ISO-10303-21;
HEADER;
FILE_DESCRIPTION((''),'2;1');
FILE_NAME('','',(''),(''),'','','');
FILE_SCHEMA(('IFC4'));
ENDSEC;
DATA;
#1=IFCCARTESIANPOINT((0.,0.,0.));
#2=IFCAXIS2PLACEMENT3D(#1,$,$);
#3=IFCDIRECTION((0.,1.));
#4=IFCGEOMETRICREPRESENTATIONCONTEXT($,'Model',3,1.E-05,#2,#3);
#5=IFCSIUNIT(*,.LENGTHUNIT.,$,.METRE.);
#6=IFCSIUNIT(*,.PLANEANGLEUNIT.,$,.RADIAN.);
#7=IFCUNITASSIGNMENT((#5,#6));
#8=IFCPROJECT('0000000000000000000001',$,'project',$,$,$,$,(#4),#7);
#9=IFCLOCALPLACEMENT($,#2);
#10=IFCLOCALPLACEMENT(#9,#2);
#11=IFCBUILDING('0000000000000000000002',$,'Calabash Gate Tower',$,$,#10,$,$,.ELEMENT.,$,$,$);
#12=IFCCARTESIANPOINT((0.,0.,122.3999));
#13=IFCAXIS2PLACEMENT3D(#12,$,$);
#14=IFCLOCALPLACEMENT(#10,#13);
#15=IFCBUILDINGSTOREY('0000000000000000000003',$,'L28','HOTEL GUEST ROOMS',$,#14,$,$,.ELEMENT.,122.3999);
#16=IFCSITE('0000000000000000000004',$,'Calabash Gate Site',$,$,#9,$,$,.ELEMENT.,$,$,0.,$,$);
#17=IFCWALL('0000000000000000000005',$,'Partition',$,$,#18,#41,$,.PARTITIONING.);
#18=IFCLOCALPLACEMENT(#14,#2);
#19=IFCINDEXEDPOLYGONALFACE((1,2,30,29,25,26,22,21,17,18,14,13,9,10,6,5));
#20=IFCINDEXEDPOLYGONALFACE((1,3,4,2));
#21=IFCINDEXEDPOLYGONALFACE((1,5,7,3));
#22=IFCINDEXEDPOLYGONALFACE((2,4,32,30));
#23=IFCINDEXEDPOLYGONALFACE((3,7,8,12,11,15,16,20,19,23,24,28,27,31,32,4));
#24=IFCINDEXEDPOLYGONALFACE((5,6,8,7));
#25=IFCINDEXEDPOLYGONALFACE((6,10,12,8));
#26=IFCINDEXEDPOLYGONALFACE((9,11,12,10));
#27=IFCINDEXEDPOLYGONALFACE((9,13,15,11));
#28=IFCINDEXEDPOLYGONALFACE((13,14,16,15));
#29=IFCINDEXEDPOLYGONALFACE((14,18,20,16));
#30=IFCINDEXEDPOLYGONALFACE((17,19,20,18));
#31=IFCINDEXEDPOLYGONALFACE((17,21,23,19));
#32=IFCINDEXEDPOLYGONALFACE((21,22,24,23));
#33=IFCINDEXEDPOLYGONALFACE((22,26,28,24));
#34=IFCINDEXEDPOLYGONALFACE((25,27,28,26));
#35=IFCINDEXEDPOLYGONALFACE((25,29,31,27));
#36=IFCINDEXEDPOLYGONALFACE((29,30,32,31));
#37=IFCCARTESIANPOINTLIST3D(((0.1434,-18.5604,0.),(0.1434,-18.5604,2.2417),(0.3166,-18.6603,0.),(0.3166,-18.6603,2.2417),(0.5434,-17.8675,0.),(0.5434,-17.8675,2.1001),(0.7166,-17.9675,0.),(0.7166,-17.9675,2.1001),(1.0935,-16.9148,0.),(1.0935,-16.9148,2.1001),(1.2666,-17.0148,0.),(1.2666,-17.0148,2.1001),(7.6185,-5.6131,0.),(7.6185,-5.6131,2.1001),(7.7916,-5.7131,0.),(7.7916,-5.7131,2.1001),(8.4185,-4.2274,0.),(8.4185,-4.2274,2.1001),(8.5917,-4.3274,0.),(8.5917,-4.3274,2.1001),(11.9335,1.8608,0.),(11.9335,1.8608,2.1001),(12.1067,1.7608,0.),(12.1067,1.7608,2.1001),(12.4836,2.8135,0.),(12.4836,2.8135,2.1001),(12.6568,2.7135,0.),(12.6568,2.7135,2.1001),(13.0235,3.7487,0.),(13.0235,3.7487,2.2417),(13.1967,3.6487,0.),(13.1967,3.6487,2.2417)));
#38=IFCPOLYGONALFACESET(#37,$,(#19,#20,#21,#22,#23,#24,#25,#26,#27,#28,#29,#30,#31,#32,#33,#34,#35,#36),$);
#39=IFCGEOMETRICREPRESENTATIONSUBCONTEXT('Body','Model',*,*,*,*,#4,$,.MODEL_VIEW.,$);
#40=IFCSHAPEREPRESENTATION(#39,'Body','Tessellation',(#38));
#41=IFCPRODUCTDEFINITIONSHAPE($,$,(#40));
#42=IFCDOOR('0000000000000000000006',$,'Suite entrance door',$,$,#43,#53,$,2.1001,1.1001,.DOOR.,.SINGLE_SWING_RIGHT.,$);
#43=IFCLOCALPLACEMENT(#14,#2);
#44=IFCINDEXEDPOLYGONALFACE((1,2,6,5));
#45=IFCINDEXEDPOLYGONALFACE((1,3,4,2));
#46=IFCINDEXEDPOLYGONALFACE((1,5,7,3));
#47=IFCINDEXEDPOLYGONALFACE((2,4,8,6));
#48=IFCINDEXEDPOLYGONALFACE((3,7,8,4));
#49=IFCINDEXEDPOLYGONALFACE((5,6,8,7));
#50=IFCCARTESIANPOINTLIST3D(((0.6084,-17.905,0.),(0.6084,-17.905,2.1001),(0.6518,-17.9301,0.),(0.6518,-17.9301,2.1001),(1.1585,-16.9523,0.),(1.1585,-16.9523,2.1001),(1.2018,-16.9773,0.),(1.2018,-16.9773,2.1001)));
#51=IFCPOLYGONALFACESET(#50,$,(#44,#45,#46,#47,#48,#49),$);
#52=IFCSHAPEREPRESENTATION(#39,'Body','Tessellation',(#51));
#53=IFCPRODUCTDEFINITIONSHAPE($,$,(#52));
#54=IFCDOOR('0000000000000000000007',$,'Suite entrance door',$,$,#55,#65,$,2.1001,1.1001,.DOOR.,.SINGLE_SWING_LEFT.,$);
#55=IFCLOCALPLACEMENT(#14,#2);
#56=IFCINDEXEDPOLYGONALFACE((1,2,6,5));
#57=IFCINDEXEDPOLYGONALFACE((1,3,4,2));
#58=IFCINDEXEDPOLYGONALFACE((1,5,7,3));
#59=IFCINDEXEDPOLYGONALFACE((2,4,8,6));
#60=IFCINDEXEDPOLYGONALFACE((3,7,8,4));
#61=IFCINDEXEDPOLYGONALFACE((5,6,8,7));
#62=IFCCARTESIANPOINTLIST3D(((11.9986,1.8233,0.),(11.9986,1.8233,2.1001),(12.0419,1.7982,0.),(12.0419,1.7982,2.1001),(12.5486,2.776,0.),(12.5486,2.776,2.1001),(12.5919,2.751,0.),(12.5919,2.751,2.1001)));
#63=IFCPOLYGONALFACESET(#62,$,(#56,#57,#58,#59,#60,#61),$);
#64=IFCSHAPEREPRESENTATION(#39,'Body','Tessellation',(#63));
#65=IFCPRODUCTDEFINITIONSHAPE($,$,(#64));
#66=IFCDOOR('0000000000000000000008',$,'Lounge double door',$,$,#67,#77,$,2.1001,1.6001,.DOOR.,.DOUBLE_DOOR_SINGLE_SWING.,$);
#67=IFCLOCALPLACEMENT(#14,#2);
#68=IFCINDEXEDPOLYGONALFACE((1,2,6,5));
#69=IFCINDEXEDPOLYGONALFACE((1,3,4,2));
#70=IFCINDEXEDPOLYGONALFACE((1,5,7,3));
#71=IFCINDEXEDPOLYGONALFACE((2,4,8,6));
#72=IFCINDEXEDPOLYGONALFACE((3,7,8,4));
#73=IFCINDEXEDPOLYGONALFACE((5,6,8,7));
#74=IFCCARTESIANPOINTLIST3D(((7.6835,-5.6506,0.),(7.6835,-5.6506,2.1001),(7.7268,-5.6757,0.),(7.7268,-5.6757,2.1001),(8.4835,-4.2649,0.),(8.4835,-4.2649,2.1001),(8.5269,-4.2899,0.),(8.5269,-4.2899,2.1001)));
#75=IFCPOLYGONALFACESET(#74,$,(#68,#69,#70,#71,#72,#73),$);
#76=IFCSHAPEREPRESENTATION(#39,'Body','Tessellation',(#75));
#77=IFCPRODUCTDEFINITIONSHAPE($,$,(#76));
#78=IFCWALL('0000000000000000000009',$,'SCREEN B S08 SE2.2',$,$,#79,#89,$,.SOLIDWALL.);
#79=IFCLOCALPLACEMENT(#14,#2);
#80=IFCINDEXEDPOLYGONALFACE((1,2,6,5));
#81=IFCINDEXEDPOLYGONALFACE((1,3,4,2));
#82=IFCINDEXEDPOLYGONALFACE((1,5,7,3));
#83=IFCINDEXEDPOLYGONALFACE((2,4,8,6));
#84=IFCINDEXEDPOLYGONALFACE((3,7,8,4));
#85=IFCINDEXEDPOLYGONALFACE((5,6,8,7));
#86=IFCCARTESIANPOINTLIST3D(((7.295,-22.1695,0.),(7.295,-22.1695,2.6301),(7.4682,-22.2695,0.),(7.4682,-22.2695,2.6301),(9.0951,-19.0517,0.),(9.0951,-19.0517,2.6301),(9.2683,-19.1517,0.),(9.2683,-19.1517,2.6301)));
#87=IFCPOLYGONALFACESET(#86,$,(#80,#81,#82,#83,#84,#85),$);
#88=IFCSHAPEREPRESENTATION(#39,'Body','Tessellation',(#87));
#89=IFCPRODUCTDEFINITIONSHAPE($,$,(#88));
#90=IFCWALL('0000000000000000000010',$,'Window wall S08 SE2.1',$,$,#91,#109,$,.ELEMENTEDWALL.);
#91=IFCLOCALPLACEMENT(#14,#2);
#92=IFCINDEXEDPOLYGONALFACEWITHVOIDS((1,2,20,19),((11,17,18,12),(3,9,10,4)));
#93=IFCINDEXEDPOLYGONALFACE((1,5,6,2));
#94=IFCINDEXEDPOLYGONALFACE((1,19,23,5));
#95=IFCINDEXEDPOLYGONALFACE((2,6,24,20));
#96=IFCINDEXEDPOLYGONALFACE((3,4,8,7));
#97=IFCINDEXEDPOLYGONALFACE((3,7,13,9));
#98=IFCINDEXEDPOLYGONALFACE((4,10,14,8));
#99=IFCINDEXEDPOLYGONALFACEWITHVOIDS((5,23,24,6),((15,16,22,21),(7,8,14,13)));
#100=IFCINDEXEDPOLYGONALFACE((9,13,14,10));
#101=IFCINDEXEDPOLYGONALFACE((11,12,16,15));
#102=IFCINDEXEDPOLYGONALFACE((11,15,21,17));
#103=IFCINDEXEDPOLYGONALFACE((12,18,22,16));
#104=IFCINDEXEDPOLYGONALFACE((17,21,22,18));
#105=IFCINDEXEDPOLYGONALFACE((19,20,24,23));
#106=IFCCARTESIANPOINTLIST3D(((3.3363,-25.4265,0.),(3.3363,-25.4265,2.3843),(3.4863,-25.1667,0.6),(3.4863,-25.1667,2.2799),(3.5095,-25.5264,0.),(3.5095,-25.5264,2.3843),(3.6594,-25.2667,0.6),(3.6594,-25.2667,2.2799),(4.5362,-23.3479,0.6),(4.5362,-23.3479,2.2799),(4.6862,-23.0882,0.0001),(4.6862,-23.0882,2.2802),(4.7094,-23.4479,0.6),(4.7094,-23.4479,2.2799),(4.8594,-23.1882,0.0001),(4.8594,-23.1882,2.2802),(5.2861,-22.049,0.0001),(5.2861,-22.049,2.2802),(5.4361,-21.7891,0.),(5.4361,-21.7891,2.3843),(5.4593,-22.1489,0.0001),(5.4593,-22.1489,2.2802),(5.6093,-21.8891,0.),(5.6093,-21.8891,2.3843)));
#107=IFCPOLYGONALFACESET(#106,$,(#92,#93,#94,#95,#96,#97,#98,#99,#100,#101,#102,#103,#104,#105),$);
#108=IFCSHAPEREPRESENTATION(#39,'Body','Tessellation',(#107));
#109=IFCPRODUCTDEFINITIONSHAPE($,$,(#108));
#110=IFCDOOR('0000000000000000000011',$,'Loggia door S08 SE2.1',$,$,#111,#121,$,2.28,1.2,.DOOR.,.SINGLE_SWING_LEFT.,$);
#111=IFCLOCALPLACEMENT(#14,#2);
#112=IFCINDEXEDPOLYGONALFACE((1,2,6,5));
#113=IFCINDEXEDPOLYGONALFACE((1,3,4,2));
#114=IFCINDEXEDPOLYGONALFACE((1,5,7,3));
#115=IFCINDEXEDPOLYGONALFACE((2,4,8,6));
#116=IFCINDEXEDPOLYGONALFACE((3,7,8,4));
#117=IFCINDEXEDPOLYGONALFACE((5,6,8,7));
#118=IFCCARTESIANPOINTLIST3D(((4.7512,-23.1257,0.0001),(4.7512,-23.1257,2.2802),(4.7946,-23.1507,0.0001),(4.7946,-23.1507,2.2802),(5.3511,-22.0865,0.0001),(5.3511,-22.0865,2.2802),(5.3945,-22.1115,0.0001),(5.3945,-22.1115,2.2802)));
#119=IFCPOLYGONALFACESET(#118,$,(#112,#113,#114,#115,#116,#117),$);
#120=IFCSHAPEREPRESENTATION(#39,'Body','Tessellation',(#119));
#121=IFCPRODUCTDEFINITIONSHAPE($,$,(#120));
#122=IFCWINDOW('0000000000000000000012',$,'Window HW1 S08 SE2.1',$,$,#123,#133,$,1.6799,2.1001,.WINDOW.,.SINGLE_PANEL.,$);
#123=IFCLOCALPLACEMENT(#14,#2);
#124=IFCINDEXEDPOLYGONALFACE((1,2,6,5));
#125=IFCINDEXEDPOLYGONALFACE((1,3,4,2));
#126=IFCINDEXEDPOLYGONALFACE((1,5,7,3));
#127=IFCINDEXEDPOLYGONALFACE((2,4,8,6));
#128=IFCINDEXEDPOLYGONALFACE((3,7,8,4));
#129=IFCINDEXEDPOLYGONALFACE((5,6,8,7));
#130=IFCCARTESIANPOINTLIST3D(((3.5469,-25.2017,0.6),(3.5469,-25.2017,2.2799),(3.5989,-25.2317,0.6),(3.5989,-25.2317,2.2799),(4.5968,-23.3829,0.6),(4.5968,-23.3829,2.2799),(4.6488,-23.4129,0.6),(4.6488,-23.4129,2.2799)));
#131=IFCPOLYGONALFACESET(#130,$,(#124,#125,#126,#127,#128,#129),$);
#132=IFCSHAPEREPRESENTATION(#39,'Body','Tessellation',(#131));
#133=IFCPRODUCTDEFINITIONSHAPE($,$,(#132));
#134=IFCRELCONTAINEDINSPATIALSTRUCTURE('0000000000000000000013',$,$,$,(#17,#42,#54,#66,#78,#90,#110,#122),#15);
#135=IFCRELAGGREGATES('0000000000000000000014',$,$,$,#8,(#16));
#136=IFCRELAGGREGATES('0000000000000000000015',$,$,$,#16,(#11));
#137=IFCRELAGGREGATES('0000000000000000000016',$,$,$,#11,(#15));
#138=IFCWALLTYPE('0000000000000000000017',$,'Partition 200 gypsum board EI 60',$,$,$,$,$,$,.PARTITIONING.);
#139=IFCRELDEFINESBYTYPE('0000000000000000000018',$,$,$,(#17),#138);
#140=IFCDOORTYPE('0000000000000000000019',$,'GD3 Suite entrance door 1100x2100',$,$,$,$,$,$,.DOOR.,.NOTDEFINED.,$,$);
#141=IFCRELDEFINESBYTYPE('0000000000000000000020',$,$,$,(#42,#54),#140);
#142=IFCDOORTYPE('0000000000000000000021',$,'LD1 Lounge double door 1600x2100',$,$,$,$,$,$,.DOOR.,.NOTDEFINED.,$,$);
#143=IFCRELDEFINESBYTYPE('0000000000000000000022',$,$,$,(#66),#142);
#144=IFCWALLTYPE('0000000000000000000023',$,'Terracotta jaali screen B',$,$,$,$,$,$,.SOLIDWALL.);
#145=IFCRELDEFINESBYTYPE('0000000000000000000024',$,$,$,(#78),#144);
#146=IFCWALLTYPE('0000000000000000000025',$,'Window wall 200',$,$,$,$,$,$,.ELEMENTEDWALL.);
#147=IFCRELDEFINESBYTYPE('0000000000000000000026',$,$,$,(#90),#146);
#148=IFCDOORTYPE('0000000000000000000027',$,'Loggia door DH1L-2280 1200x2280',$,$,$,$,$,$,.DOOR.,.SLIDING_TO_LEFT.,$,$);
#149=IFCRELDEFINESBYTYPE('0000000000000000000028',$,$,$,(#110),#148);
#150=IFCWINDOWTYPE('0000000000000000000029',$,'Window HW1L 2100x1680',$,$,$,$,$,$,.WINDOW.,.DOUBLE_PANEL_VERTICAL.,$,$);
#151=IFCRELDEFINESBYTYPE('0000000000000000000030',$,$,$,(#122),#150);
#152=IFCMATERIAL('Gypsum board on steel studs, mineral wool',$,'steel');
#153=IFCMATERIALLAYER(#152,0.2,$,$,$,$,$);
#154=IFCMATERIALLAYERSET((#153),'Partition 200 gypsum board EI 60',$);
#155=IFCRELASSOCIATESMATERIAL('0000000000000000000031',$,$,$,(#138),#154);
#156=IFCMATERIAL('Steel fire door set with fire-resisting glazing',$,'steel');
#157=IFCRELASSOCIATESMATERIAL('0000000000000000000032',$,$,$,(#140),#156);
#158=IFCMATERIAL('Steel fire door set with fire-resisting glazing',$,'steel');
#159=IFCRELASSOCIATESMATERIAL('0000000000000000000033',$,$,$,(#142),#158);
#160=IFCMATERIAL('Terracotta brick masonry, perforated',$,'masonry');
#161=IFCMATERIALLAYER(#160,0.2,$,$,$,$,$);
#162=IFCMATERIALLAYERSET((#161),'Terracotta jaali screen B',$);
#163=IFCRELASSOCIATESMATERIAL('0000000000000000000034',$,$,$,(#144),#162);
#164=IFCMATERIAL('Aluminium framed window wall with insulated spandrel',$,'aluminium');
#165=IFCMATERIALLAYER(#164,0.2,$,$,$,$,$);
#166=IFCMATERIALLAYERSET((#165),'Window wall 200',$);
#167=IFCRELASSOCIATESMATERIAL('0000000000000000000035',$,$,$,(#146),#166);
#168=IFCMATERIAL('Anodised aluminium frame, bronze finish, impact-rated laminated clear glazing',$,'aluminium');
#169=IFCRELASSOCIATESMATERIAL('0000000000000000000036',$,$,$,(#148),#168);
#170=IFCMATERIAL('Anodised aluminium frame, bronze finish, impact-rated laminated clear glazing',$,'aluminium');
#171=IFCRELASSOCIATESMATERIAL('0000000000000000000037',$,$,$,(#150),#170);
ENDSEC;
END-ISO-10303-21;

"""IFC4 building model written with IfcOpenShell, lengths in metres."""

from ifc_helpers import new_model, si_unit, direction, frame, frame_2d, origin, place, context, subcontext, project, spatial, rectangle, extrude, material, layer, layer_set, type_object, element, fill, save


model = new_model("IFC4")

# Units and contexts
model_context = context("Model", 3, precision=1e-05, world=origin(), true_north=direction((0.0, 1.0)))
body_context = subcontext(model_context, "Body", "Model", "MODEL_VIEW")
ifc_project = project(units=[si_unit("LENGTHUNIT", "METRE"), si_unit("PLANEANGLEUNIT", "RADIAN")], contexts=[model_context])

# Site, building, storey
site_placement = place(None, origin())
site = spatial("IfcSite", under=ifc_project, at=site_placement, Name="Calabash Gate Site", CompositionType="ELEMENT", RefElevation=0.0)
building_placement = place(site_placement, origin())
building = spatial("IfcBuilding", under=site, at=building_placement, Name="Calabash Gate Tower", CompositionType="ELEMENT")
storey_placement = place(building_placement, frame((0.0, 0.0, 122.3999)))
storey = spatial("IfcBuildingStorey", under=building, at=storey_placement, Name="L28", Description="HOTEL GUEST ROOMS", CompositionType="ELEMENT", Elevation=122.3999)

# Shared definitions
ifc_material_1 = material(Name="Gypsum board on steel studs, mineral wool", Category="steel")
ifc_layer_1 = layer(ifc_material_1, 0.2)
ifc_layer_set_1 = layer_set([ifc_layer_1], Name="Partition 200 gypsum board EI 60")
wall_type_1 = type_object("IfcWallType", Name="Partition 200 gypsum board EI 60", PredefinedType="PARTITIONING", material=ifc_layer_set_1)

# Wall, openings, doors
wall_1_placement = place(storey_placement, frame((0.23, -18.6104, 0.0), z_axis=(0.0, 0.0, 1.0), x_axis=(0.499999, 0.866026, 0.0)))
wall_1 = element("IfcWall", 1, at=wall_1_placement, inside=storey, type_object=wall_type_1, Name="Partition", PredefinedType="PARTITIONING", context=body_context, shape_type="SweptSolid", body=[
    extrude(rectangle(XDim=25.7603, YDim=0.2, at=frame_2d((12.8801, 0.0))), origin(), (0.0, 0.0, 1.0), 2.2417),
])
opening_1_placement = place(wall_1_placement, frame((0.8, 0.0, 0.0)))
opening_1 = element("IfcOpeningElement", 2, at=opening_1_placement, cuts=wall_1, PredefinedType="OPENING", context=body_context, shape_type="SweptSolid", body=[
    extrude(rectangle(XDim=1.1001, YDim=2.1001, at=frame_2d((0.55, 1.05))), frame((0.0, 0.1099, 0.0), z_axis=(0.0, -1.0, 0.0), x_axis=(1.0, 0.0, 0.0)), (0.0, 0.0, 1.0), 0.22),
])
opening_2_placement = place(wall_1_placement, frame((14.9502, 0.0, 0.0)))
opening_2 = element("IfcOpeningElement", 3, at=opening_2_placement, cuts=wall_1, PredefinedType="OPENING", context=body_context, shape_type="SweptSolid", body=[
    extrude(rectangle(XDim=1.6001, YDim=2.1001, at=frame_2d((0.8, 1.05))), frame((0.0, 0.1099, 0.0), z_axis=(0.0, -1.0, 0.0), x_axis=(1.0, 0.0, 0.0)), (0.0, 0.0, 1.0), 0.22),
])
opening_3_placement = place(wall_1_placement, frame((23.5803, 0.0, 0.0)))
opening_3 = element("IfcOpeningElement", 4, at=opening_3_placement, cuts=wall_1, PredefinedType="OPENING", context=body_context, shape_type="SweptSolid", body=[
    extrude(rectangle(XDim=1.1001, YDim=2.1001, at=frame_2d((0.55, 1.05))), frame((0.0, 0.1099, 0.0), z_axis=(0.0, -1.0, 0.0), x_axis=(1.0, 0.0, 0.0)), (0.0, 0.0, 1.0), 0.22),
])
ifc_material_2 = material(Name="Steel fire door set with fire-resisting glazing", Category="steel")
door_type_1 = type_object("IfcDoorType", Name="GD3 Suite entrance door 1100x2100", OperationType="NOTDEFINED", PredefinedType="DOOR", material=ifc_material_2)
door_1_placement = place(opening_1_placement, origin())
door_1 = element("IfcDoor", 5, at=door_1_placement, inside=storey, type_object=door_type_1, Name="Suite entrance door", OperationType="SINGLE_SWING_RIGHT", OverallHeight=2.1001, OverallWidth=1.1001, PredefinedType="DOOR", context=body_context, shape_type="SweptSolid", body=[
    extrude(rectangle(XDim=1.1001, YDim=2.1001, at=frame_2d((0.55, 1.05))), frame((0.0, 0.0249, 0.0), z_axis=(0.0, -1.0, 0.0), x_axis=(1.0, 0.0, 0.0)), (0.0, 0.0, 1.0), 0.05),
])
fill(opening_1, door_1)
door_2_placement = place(opening_3_placement, origin())
door_2 = element("IfcDoor", 6, at=door_2_placement, inside=storey, type_object=door_type_1, Name="Suite entrance door", OperationType="SINGLE_SWING_LEFT", OverallHeight=2.1001, OverallWidth=1.1001, PredefinedType="DOOR", context=body_context, shape_type="SweptSolid", body=[
    extrude(rectangle(XDim=1.1001, YDim=2.1001, at=frame_2d((0.55, 1.05))), frame((0.0, 0.0249, 0.0), z_axis=(0.0, -1.0, 0.0), x_axis=(1.0, 0.0, 0.0)), (0.0, 0.0, 1.0), 0.05),
])
fill(opening_3, door_2)
ifc_material_3 = material(Name="Steel fire door set with fire-resisting glazing", Category="steel")
door_type_2 = type_object("IfcDoorType", Name="LD1 Lounge double door 1600x2100", OperationType="NOTDEFINED", PredefinedType="DOOR", material=ifc_material_3)
door_3_placement = place(opening_2_placement, origin())
door_3 = element("IfcDoor", 7, at=door_3_placement, inside=storey, type_object=door_type_2, Name="Lounge double door", OperationType="DOUBLE_DOOR_SINGLE_SWING", OverallHeight=2.1001, OverallWidth=1.6001, PredefinedType="DOOR", context=body_context, shape_type="SweptSolid", body=[
    extrude(rectangle(XDim=1.6001, YDim=2.1001, at=frame_2d((0.8, 1.05))), frame((0.0, 0.0249, 0.0), z_axis=(0.0, -1.0, 0.0), x_axis=(1.0, 0.0, 0.0)), (0.0, 0.0, 1.0), 0.05),
])
fill(opening_2, door_3)

# Wall
ifc_material_4 = material(Name="Terracotta brick masonry, perforated", Category="masonry")
ifc_layer_2 = layer(ifc_material_4, 0.2)
ifc_layer_set_2 = layer_set([ifc_layer_2], Name="Terracotta jaali screen B")
wall_type_2 = type_object("IfcWallType", Name="Terracotta jaali screen B", PredefinedType="SOLIDWALL", material=ifc_layer_set_2)
wall_2_placement = place(storey_placement, frame((7.3816, -22.2195, 0.0), z_axis=(0.0, 0.0, 1.0), x_axis=(0.500012, 0.866018, 0.0)))
element("IfcWall", 8, at=wall_2_placement, inside=storey, type_object=wall_type_2, Name="SCREEN B S08 SE2.2", PredefinedType="SOLIDWALL", context=body_context, shape_type="SweptSolid", body=[
    extrude(rectangle(XDim=3.6001, YDim=0.2, at=frame_2d((1.8, 0.0))), origin(), (0.0, 0.0, 1.0), 2.6301),
])

# Wall, openings, door, window
ifc_material_5 = material(Name="Aluminium framed window wall with insulated spandrel", Category="aluminium")
ifc_layer_3 = layer(ifc_material_5, 0.2)
ifc_layer_set_3 = layer_set([ifc_layer_3], Name="Window wall 200")
wall_type_3 = type_object("IfcWallType", Name="Window wall 200", PredefinedType="ELEMENTEDWALL", material=ifc_layer_set_3)
wall_3_placement = place(storey_placement, frame((3.4229, -25.4766, 0.0), z_axis=(0.0, 0.0, 1.0), x_axis=(0.499959, 0.866049, 0.0)))
wall_3 = element("IfcWall", 9, at=wall_3_placement, inside=storey, type_object=wall_type_3, Name="Window wall S08 SE2.1", PredefinedType="ELEMENTEDWALL", context=body_context, shape_type="SweptSolid", body=[
    extrude(rectangle(XDim=4.2, YDim=0.2, at=frame_2d((2.1001, 0.0))), origin(), (0.0, 0.0, 1.0), 2.3843),
])
opening_4_placement = place(wall_3_placement, frame((0.3, 0.0, 0.6001)))
opening_4 = element("IfcOpeningElement", 10, at=opening_4_placement, cuts=wall_3, PredefinedType="OPENING", context=body_context, shape_type="SweptSolid", body=[
    extrude(rectangle(XDim=2.1001, YDim=1.6799, at=frame_2d((1.05, 0.8398))), frame((0.0, 0.1099, 0.0), z_axis=(0.0, -1.0, 0.0), x_axis=(1.0, 0.0, 0.0)), (0.0, 0.0, 1.0), 0.22),
])
opening_5_placement = place(wall_3_placement, frame((2.7, 0.0, 0.0)))
opening_5 = element("IfcOpeningElement", 11, at=opening_5_placement, cuts=wall_3, PredefinedType="OPENING", context=body_context, shape_type="SweptSolid", body=[
    extrude(rectangle(XDim=1.2, YDim=2.28, at=frame_2d((0.6001, 1.1401))), frame((0.0, 0.1099, 0.0), z_axis=(0.0, -1.0, 0.0), x_axis=(1.0, 0.0, 0.0)), (0.0, 0.0, 1.0), 0.22),
])
ifc_material_6 = material(Name="Anodised aluminium frame, bronze finish, impact-rated laminated clear glazing", Category="aluminium")
door_type_3 = type_object("IfcDoorType", Name="Loggia door DH1L-2280 1200x2280", OperationType="SLIDING_TO_LEFT", PredefinedType="DOOR", material=ifc_material_6)
door_4_placement = place(opening_5_placement, origin())
door_4 = element("IfcDoor", 12, at=door_4_placement, inside=storey, type_object=door_type_3, Name="Loggia door S08 SE2.1", OperationType="SINGLE_SWING_LEFT", OverallHeight=2.28, OverallWidth=1.2, PredefinedType="DOOR", context=body_context, shape_type="SweptSolid", body=[
    extrude(rectangle(XDim=1.2, YDim=2.28, at=frame_2d((0.6001, 1.1401))), frame((0.0, 0.0249, 0.0), z_axis=(0.0, -1.0, 0.0), x_axis=(1.0, 0.0, 0.0)), (0.0, 0.0, 1.0), 0.05),
])
fill(opening_5, door_4)
ifc_material_7 = material(Name="Anodised aluminium frame, bronze finish, impact-rated laminated clear glazing", Category="aluminium")
window_type_1 = type_object("IfcWindowType", Name="Window HW1L 2100x1680", PartitioningType="DOUBLE_PANEL_VERTICAL", PredefinedType="WINDOW", material=ifc_material_7)
window_1_placement = place(opening_4_placement, origin())
window_1 = element("IfcWindow", 13, at=window_1_placement, inside=storey, type_object=window_type_1, Name="Window HW1 S08 SE2.1", OverallHeight=1.6799, OverallWidth=2.1001, PartitioningType="SINGLE_PANEL", PredefinedType="WINDOW", context=body_context, shape_type="SweptSolid", body=[
    extrude(rectangle(XDim=2.1001, YDim=1.6799, at=frame_2d((1.05, 0.8398))), frame((0.0, 0.03, 0.0), z_axis=(0.0, -1.0, 0.0), x_axis=(1.0, 0.0, 0.0)), (0.0, 0.0, 1.0), 0.0601),
])
fill(opening_4, window_1)

save(model, "model.ifc")
